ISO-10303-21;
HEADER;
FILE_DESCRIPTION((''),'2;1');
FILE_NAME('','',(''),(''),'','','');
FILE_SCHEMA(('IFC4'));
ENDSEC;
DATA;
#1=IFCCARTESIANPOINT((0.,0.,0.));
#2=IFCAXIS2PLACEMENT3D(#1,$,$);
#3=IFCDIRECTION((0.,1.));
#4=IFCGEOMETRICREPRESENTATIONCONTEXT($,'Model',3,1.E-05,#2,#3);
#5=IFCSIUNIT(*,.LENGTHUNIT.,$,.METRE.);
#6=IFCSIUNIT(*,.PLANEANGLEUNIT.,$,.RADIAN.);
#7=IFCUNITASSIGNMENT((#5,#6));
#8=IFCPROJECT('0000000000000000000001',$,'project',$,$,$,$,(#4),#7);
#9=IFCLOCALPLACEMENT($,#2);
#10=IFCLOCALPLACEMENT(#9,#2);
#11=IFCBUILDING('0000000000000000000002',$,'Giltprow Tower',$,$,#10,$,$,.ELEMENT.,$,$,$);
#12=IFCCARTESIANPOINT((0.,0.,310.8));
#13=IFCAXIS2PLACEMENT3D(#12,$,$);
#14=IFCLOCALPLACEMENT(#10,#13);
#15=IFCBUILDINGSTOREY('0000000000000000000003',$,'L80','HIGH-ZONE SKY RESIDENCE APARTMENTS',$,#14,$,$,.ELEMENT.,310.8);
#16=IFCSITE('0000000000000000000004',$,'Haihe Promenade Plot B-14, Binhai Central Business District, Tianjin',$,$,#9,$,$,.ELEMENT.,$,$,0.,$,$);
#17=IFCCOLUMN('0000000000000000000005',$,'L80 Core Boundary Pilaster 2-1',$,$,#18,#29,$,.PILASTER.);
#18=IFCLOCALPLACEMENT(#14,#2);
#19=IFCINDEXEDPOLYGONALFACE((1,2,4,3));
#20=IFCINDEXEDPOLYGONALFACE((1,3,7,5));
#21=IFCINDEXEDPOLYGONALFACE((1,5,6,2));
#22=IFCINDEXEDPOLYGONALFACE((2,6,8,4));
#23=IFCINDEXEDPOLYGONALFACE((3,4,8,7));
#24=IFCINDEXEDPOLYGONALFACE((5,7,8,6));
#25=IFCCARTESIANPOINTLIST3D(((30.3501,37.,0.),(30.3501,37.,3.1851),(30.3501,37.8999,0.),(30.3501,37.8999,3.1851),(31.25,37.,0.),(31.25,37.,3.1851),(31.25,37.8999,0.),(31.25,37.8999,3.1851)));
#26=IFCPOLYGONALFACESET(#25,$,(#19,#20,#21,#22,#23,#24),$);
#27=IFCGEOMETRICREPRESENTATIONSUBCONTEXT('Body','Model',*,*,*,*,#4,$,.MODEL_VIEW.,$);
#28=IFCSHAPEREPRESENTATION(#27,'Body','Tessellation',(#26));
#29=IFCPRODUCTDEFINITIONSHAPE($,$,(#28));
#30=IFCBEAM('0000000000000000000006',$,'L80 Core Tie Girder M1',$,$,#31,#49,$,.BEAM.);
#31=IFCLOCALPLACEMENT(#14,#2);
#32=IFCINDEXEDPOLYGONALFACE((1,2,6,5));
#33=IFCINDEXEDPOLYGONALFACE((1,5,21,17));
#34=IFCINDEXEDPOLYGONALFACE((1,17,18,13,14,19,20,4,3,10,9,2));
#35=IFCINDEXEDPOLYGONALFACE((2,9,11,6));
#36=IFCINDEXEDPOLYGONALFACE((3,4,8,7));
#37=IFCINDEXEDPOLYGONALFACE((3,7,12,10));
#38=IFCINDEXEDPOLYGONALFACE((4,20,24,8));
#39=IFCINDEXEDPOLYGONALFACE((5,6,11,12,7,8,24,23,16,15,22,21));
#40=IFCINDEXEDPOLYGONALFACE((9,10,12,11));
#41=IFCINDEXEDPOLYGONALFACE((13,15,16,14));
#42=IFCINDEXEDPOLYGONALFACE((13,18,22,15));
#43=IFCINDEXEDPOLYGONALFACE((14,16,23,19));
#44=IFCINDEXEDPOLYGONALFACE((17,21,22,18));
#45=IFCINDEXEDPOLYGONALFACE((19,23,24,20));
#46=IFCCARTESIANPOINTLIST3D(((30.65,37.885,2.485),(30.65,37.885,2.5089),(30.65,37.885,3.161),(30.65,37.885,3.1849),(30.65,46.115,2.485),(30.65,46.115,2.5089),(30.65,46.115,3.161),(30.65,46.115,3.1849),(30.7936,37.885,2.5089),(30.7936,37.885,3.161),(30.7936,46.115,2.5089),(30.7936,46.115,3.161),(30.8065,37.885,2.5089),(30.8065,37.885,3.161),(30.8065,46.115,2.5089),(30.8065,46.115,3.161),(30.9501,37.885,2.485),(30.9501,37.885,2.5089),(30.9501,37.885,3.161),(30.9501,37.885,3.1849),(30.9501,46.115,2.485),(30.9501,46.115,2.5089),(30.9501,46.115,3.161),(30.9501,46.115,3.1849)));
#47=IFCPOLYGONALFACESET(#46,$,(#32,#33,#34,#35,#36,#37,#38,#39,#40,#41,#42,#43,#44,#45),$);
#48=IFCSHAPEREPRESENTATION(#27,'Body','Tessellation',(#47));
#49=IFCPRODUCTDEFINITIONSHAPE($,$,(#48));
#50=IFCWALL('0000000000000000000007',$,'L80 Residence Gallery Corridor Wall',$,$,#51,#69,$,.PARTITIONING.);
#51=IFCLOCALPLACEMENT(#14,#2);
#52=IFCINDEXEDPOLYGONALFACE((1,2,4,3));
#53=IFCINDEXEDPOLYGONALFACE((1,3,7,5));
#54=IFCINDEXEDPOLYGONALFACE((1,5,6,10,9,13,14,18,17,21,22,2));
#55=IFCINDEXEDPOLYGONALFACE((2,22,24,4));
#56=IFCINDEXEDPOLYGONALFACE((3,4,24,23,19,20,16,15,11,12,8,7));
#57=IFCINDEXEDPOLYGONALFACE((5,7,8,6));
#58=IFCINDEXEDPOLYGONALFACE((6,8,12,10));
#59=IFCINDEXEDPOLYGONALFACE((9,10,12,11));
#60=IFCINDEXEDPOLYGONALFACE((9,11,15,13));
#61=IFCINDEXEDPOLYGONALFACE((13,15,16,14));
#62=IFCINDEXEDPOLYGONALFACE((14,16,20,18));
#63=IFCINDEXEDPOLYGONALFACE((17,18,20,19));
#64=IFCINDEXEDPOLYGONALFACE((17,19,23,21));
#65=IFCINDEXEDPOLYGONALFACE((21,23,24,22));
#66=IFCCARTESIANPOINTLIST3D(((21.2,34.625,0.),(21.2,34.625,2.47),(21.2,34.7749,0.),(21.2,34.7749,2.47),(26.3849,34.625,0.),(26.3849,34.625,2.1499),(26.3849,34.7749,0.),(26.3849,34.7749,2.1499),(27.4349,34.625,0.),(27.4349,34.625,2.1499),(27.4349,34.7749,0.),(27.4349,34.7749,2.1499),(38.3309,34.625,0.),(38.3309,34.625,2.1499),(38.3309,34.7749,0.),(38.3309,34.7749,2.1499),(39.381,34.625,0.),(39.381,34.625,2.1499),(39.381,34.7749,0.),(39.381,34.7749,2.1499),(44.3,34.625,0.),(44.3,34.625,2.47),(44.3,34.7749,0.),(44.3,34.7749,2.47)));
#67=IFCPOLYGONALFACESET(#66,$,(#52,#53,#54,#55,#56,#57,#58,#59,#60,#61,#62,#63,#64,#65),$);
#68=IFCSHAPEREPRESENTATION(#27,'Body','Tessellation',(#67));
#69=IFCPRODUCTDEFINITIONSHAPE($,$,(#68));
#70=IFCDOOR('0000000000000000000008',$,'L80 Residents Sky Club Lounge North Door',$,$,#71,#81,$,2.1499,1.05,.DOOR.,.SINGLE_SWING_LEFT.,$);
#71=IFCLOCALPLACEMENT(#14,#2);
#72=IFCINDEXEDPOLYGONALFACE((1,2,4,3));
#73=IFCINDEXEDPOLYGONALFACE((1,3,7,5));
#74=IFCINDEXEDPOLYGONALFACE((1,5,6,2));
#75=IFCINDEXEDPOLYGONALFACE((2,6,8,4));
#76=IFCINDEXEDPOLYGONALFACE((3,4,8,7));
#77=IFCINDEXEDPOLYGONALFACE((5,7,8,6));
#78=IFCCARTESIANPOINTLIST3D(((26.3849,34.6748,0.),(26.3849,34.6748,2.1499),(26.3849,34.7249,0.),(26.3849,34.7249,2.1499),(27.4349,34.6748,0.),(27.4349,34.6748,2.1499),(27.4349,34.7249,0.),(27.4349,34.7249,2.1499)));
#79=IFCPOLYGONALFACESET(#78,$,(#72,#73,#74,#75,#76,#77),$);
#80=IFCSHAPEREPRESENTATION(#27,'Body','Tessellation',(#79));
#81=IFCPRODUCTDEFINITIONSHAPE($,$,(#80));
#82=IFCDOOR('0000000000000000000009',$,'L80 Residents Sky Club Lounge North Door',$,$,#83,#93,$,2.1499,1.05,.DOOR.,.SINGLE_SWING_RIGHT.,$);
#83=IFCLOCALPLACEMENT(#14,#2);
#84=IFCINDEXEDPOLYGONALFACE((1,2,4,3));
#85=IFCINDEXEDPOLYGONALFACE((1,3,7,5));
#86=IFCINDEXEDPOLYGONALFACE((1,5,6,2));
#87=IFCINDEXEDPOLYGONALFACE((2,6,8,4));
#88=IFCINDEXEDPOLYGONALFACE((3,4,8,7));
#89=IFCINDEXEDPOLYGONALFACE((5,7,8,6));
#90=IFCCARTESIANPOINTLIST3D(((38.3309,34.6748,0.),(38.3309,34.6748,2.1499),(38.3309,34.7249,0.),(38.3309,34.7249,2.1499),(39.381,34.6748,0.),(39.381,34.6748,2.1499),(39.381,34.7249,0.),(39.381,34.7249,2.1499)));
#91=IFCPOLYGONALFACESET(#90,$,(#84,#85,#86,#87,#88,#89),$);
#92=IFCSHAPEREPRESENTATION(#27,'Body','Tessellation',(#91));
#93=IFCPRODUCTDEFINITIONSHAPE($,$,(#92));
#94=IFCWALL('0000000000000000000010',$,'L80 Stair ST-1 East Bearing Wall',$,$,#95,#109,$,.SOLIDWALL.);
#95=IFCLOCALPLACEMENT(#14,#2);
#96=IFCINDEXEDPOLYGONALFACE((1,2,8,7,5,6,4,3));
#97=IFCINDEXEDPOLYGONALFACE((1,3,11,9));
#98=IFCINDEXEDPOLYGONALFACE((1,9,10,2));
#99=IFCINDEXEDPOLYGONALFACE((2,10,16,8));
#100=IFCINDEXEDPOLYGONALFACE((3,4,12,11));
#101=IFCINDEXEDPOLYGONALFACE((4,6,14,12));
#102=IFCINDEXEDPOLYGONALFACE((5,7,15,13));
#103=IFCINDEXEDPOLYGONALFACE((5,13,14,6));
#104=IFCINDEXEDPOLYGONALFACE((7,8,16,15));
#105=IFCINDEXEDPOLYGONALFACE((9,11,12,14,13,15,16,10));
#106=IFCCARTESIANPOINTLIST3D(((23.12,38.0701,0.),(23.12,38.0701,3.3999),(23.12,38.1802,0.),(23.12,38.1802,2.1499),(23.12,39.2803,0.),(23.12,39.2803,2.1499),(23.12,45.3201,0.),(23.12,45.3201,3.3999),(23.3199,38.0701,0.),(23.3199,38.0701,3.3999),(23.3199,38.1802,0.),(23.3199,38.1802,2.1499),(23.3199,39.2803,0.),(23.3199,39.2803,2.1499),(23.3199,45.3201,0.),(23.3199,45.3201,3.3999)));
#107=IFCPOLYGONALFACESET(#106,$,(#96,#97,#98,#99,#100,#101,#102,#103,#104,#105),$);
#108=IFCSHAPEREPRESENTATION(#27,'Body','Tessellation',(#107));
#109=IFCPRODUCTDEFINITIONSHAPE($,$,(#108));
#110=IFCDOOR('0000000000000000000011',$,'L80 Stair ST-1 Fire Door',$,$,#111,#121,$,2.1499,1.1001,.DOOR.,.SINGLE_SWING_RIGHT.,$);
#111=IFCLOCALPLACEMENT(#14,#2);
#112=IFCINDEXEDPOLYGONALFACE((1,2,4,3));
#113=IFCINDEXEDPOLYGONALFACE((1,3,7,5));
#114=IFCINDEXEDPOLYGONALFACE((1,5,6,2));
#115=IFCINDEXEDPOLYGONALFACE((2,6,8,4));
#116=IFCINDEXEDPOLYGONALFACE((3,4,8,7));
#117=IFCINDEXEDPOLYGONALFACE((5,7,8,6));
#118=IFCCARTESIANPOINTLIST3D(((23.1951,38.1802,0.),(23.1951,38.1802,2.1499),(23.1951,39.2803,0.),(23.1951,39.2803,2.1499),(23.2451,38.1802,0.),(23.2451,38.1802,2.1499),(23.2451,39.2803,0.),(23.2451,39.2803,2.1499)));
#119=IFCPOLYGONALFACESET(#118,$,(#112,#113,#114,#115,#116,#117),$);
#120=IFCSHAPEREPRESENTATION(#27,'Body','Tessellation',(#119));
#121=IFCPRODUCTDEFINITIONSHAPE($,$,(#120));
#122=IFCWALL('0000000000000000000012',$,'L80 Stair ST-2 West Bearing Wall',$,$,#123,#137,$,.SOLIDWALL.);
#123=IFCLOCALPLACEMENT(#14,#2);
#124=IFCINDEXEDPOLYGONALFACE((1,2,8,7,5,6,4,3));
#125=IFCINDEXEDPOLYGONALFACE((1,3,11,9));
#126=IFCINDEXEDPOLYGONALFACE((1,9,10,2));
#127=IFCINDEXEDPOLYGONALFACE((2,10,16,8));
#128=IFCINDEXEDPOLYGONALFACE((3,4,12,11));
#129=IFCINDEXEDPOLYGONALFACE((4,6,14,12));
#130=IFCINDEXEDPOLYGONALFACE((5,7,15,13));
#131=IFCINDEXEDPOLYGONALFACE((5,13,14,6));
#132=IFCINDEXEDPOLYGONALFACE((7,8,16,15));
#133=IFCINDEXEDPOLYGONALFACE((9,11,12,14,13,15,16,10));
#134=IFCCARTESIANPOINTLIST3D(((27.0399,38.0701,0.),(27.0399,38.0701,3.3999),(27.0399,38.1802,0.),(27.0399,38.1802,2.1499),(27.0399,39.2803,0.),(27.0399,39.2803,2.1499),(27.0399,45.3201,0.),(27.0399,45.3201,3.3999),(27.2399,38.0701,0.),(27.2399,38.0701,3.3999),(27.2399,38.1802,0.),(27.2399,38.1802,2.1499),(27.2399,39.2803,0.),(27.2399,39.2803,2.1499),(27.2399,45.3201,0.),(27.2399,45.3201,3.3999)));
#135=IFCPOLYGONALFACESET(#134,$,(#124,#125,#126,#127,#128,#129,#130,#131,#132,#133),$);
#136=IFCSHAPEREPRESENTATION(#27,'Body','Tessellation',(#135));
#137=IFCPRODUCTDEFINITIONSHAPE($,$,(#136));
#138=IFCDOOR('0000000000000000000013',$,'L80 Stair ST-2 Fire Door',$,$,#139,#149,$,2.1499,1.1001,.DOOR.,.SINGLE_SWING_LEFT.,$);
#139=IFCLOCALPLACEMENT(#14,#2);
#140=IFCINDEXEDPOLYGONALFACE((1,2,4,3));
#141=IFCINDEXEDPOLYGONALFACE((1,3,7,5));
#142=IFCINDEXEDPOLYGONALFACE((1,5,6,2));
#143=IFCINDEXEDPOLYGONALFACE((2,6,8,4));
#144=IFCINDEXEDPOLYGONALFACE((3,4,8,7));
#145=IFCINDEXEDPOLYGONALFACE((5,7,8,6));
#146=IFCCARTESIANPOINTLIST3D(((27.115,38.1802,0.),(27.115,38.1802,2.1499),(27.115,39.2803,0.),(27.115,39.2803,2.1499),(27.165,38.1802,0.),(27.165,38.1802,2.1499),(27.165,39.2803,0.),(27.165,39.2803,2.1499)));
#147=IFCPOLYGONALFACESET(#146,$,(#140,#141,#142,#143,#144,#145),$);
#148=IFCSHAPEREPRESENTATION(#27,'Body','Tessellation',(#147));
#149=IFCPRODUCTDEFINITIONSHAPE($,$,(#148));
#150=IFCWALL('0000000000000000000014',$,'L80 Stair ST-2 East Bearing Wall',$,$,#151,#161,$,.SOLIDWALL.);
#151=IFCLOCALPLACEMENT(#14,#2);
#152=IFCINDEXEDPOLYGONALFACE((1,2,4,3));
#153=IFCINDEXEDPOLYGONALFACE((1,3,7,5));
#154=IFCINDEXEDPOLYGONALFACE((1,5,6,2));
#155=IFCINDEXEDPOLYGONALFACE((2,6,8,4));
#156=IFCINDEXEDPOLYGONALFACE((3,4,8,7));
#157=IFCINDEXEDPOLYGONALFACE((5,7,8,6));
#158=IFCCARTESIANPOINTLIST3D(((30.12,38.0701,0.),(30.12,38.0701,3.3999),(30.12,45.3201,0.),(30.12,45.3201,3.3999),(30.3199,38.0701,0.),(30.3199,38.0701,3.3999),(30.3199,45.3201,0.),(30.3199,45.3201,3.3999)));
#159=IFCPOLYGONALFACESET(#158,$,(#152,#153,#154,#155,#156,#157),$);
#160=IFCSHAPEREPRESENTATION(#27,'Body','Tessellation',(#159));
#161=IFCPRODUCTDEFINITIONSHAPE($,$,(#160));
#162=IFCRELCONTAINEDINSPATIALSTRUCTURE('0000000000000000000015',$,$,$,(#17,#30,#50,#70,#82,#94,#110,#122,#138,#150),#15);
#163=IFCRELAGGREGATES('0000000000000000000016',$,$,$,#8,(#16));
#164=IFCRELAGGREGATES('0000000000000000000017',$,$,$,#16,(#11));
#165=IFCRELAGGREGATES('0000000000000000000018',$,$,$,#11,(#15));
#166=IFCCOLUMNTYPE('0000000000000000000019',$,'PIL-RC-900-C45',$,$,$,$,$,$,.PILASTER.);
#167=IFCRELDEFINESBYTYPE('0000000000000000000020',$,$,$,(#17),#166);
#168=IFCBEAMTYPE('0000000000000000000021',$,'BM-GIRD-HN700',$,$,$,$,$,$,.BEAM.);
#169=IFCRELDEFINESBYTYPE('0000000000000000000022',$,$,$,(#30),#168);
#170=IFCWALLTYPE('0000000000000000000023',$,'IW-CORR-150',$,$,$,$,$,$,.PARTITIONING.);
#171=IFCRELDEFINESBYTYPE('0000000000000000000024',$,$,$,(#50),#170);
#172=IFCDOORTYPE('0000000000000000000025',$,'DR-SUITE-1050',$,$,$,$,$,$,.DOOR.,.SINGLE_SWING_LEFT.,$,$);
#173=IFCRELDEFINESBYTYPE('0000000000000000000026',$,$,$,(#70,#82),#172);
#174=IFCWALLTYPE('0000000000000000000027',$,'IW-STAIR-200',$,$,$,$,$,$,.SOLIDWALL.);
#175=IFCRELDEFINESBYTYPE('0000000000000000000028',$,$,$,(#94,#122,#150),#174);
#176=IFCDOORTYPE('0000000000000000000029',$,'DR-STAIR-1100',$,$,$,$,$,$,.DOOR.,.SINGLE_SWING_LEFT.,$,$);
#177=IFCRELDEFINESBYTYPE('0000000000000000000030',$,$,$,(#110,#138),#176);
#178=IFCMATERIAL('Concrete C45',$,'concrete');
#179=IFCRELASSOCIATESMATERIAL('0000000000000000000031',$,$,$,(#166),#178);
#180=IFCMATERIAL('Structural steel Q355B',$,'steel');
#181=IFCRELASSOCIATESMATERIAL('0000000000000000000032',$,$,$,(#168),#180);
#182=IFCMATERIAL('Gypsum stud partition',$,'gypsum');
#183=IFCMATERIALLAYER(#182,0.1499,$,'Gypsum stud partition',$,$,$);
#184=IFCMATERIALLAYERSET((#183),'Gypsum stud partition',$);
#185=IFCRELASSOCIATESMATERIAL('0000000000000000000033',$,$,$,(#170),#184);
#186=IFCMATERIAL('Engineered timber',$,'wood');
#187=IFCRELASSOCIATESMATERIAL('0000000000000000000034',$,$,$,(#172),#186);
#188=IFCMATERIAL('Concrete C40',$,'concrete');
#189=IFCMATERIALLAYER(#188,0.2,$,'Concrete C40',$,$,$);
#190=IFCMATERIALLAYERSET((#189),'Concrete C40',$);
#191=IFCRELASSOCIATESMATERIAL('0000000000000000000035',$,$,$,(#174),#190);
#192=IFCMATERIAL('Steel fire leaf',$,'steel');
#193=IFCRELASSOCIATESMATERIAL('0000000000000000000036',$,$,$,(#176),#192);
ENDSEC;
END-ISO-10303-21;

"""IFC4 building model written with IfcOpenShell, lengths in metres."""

from ifc_helpers import new_model, si_unit, direction, frame, frame_2d, origin, origin_2d, place, context, subcontext, project, spatial, rectangle, i_section, extrude, source, transform, mapped, material, layer, layer_set, material_profile, profile_set, type_object, element, fill, save


model = new_model("IFC4")

# Units and contexts
model_context = context("Model", 3, precision=1e-05, world=origin(), true_north=direction((0.0, 1.0)))
body_context = subcontext(model_context, "Body", "Model", "MODEL_VIEW")
ifc_project = project(units=[si_unit("LENGTHUNIT", "METRE"), si_unit("PLANEANGLEUNIT", "RADIAN")], contexts=[model_context])

# Site, building, storey
site_placement = place(None, origin())
site = spatial("IfcSite", under=ifc_project, at=site_placement, Name="Haihe Promenade Plot B-14, Binhai Central Business District, Tianjin", CompositionType="ELEMENT", RefElevation=0.0)
building_placement = place(site_placement, origin())
building = spatial("IfcBuilding", under=site, at=building_placement, Name="Giltprow Tower", CompositionType="ELEMENT")
storey_placement = place(building_placement, frame((0.0, 0.0, 310.8)))
storey = spatial("IfcBuildingStorey", under=building, at=storey_placement, Name="L80", Description="HIGH-ZONE SKY RESIDENCE APARTMENTS", CompositionType="ELEMENT", Elevation=310.8)

# Column
ifc_material_1 = material(Name="Concrete C45", Category="concrete")
ifc_material_profile_1 = material_profile(ifc_material_1, rectangle(XDim=0.8999, YDim=0.8999, at=origin_2d()), Name="RC 900x900")
ifc_profile_set_1 = profile_set([ifc_material_profile_1], Name="Concrete C45")
column_type = type_object("IfcColumnType", Name="PIL-RC-900-C45", PredefinedType="PILASTER", material=ifc_profile_set_1)
shared_shape_1 = source(origin(), body_context, "Body", "SweptSolid", [
    extrude(rectangle(XDim=0.8999, YDim=0.8999, at=origin_2d()), origin(), (0.0, 0.0, 1.0), 3.1851),
])
column_placement = place(storey_placement, frame((30.8, 37.45, 0.0), z_axis=(0.0, 0.0, 1.0), x_axis=(1.0, 0.0, 0.0)))
element("IfcColumn", 1, at=column_placement, inside=storey, type_object=column_type, Name="L80 Core Boundary Pilaster 2-1", PredefinedType="PILASTER", context=body_context, shape_type="MappedRepresentation", body=[
    mapped(shared_shape_1, transform((0.0, 0.0, 0.0), x_axis=(1.0, 0.0, 0.0), y_axis=(0.0, 1.0, 0.0), z_axis=(0.0, 0.0, 1.0), scale=1.0)),
])

# Beam
ifc_material_2 = material(Name="Structural steel Q355B", Category="steel")
ifc_material_profile_2 = material_profile(ifc_material_2, i_section(OverallWidth=0.3, OverallDepth=0.7, WebThickness=0.0129, FlangeThickness=0.0239, at=origin_2d()), Name="HN 700x300x13x24")
ifc_profile_set_2 = profile_set([ifc_material_profile_2], Name="Structural steel Q355B")
beam_type = type_object("IfcBeamType", Name="BM-GIRD-HN700", PredefinedType="BEAM", material=ifc_profile_set_2)
shared_shape_2 = source(origin(), body_context, "Body", "SweptSolid", [
    extrude(i_section(OverallWidth=0.3, OverallDepth=0.7, WebThickness=0.0129, FlangeThickness=0.0239, at=origin_2d()), origin(), (0.0, 0.0, 1.0), 8.23),
])
beam_placement = place(storey_placement, frame((30.8, 37.885, 2.835), z_axis=(0.0, 1.0, 0.0), x_axis=(-1.0, 0.0, 0.0)))
element("IfcBeam", 2, at=beam_placement, inside=storey, type_object=beam_type, Name="L80 Core Tie Girder M1", PredefinedType="BEAM", context=body_context, shape_type="MappedRepresentation", body=[
    mapped(shared_shape_2, transform((0.0, 0.0, 0.0), x_axis=(1.0, 0.0, 0.0), y_axis=(0.0, 1.0, 0.0), z_axis=(0.0, 0.0, 1.0), scale=1.0)),
])

# Wall, openings, doors
ifc_material_3 = material(Name="Gypsum stud partition", Category="gypsum")
ifc_layer_1 = layer(ifc_material_3, 0.1499, Name="Gypsum stud partition")
ifc_layer_set_1 = layer_set([ifc_layer_1], Name="Gypsum stud partition")
wall_type_1 = type_object("IfcWallType", Name="IW-CORR-150", PredefinedType="PARTITIONING", material=ifc_layer_set_1)
wall_1_placement = place(storey_placement, frame((21.2, 34.7, 0.0), z_axis=(0.0, 0.0, 1.0), x_axis=(1.0, 0.0, 0.0)))
wall_1 = element("IfcWall", 3, at=wall_1_placement, inside=storey, type_object=wall_type_1, Name="L80 Residence Gallery Corridor Wall", PredefinedType="PARTITIONING", context=body_context, shape_type="SweptSolid", body=[
    extrude(rectangle(XDim=23.1001, YDim=0.1499, at=frame_2d((11.55, 0.0))), origin(), (0.0, 0.0, 1.0), 2.47),
])
opening_1_placement = place(wall_1_placement, frame((5.1851, 0.0, 0.0)))
opening_1 = element("IfcOpeningElement", 4, at=opening_1_placement, cuts=wall_1, PredefinedType="OPENING", context=body_context, shape_type="SweptSolid", body=[
    extrude(rectangle(XDim=1.05, YDim=2.1499, at=frame_2d((0.5249, 1.075))), frame((0.0, 0.085, 0.0), z_axis=(0.0, -1.0, 0.0), x_axis=(1.0, 0.0, 0.0)), (0.0, 0.0, 1.0), 0.1699),
])
opening_2_placement = place(wall_1_placement, frame((17.1311, 0.0, 0.0)))
opening_2 = element("IfcOpeningElement", 5, at=opening_2_placement, cuts=wall_1, PredefinedType="OPENING", context=body_context, shape_type="SweptSolid", body=[
    extrude(rectangle(XDim=1.05, YDim=2.1499, at=frame_2d((0.5249, 1.075))), frame((0.0, 0.085, 0.0), z_axis=(0.0, -1.0, 0.0), x_axis=(1.0, 0.0, 0.0)), (0.0, 0.0, 1.0), 0.1699),
])
ifc_material_4 = material(Name="Engineered timber", Category="wood")
door_type_1 = type_object("IfcDoorType", Name="DR-SUITE-1050", OperationType="SINGLE_SWING_LEFT", PredefinedType="DOOR", material=ifc_material_4)
shared_shape_3 = source(origin(), body_context, "Body", "SweptSolid", [
    extrude(rectangle(XDim=1.05, YDim=2.1499, at=frame_2d((0.5249, 1.075))), frame((0.0, 0.0249, 0.0), z_axis=(0.0, -1.0, 0.0), x_axis=(1.0, 0.0, 0.0)), (0.0, 0.0, 1.0), 0.05),
])
door_1_placement = place(opening_1_placement, origin())
door_1 = element("IfcDoor", 6, at=door_1_placement, inside=storey, type_object=door_type_1, Name="L80 Residents Sky Club Lounge North Door", OperationType="SINGLE_SWING_LEFT", OverallHeight=2.1499, OverallWidth=1.05, PredefinedType="DOOR", context=body_context, shape_type="MappedRepresentation", body=[
    mapped(shared_shape_3, transform((0.0, 0.0, 0.0), x_axis=(1.0, 0.0, 0.0), y_axis=(0.0, 1.0, 0.0), z_axis=(0.0, 0.0, 1.0), scale=1.0)),
])
fill(opening_1, door_1)
door_2_placement = place(opening_2_placement, origin())
door_2 = element("IfcDoor", 7, at=door_2_placement, inside=storey, type_object=door_type_1, Name="L80 Residents Sky Club Lounge North Door", OperationType="SINGLE_SWING_RIGHT", OverallHeight=2.1499, OverallWidth=1.05, PredefinedType="DOOR", context=body_context, shape_type="MappedRepresentation", body=[
    mapped(shared_shape_3, transform((0.0, 0.0, 0.0), x_axis=(1.0, 0.0, 0.0), y_axis=(0.0, 1.0, 0.0), z_axis=(0.0, 0.0, 1.0), scale=1.0)),
])
fill(opening_2, door_2)

# Walls, openings, doors
ifc_material_5 = material(Name="Concrete C40", Category="concrete")
ifc_layer_2 = layer(ifc_material_5, 0.2, Name="Concrete C40")
ifc_layer_set_2 = layer_set([ifc_layer_2], Name="Concrete C40")
wall_type_2 = type_object("IfcWallType", Name="IW-STAIR-200", PredefinedType="SOLIDWALL", material=ifc_layer_set_2)
wall_2_placement = place(storey_placement, frame((23.22, 38.0701, 0.0), z_axis=(0.0, 0.0, 1.0), x_axis=(0.0, 1.0, 0.0)))
wall_2 = element("IfcWall", 8, at=wall_2_placement, inside=storey, type_object=wall_type_2, Name="L80 Stair ST-1 East Bearing Wall", PredefinedType="SOLIDWALL", context=body_context, shape_type="SweptSolid", body=[
    extrude(rectangle(XDim=7.25, YDim=0.2, at=frame_2d((3.625, 0.0))), origin(), (0.0, 0.0, 1.0), 3.3999),
])
opening_3_placement = place(wall_2_placement, frame((0.1101, 0.0, 0.0)))
opening_3 = element("IfcOpeningElement", 9, at=opening_3_placement, cuts=wall_2, PredefinedType="OPENING", context=body_context, shape_type="SweptSolid", body=[
    extrude(rectangle(XDim=1.1001, YDim=2.1499, at=frame_2d((0.55, 1.075))), frame((0.0, 0.1099, 0.0), z_axis=(0.0, -1.0, 0.0), x_axis=(1.0, 0.0, 0.0)), (0.0, 0.0, 1.0), 0.22),
])
ifc_material_6 = material(Name="Steel fire leaf", Category="steel")
door_type_2 = type_object("IfcDoorType", Name="DR-STAIR-1100", OperationType="SINGLE_SWING_LEFT", PredefinedType="DOOR", material=ifc_material_6)
shared_shape_4 = source(origin(), body_context, "Body", "SweptSolid", [
    extrude(rectangle(XDim=1.1001, YDim=2.1499, at=frame_2d((0.55, 1.075))), frame((0.0, 0.0249, 0.0), z_axis=(0.0, -1.0, 0.0), x_axis=(1.0, 0.0, 0.0)), (0.0, 0.0, 1.0), 0.05),
])
door_3_placement = place(opening_3_placement, origin())
door_3 = element("IfcDoor", 10, at=door_3_placement, inside=storey, type_object=door_type_2, Name="L80 Stair ST-1 Fire Door", OperationType="SINGLE_SWING_RIGHT", OverallHeight=2.1499, OverallWidth=1.1001, PredefinedType="DOOR", context=body_context, shape_type="MappedRepresentation", body=[
    mapped(shared_shape_4, transform((0.0, 0.0, 0.0), x_axis=(1.0, 0.0, 0.0), y_axis=(0.0, 1.0, 0.0), z_axis=(0.0, 0.0, 1.0), scale=1.0)),
])
fill(opening_3, door_3)
wall_3_placement = place(storey_placement, frame((27.1399, 38.0701, 0.0), z_axis=(0.0, 0.0, 1.0), x_axis=(0.0, 1.0, 0.0)))
wall_3 = element("IfcWall", 11, at=wall_3_placement, inside=storey, type_object=wall_type_2, Name="L80 Stair ST-2 West Bearing Wall", PredefinedType="SOLIDWALL", context=body_context, shape_type="SweptSolid", body=[
    extrude(rectangle(XDim=7.25, YDim=0.2, at=frame_2d((3.625, 0.0))), origin(), (0.0, 0.0, 1.0), 3.3999),
])
opening_4_placement = place(wall_3_placement, frame((0.1101, 0.0, 0.0)))
opening_4 = element("IfcOpeningElement", 12, at=opening_4_placement, cuts=wall_3, PredefinedType="OPENING", context=body_context, shape_type="SweptSolid", body=[
    extrude(rectangle(XDim=1.1001, YDim=2.1499, at=frame_2d((0.55, 1.075))), frame((0.0, 0.1099, 0.0), z_axis=(0.0, -1.0, 0.0), x_axis=(1.0, 0.0, 0.0)), (0.0, 0.0, 1.0), 0.22),
])
door_4_placement = place(opening_4_placement, origin())
door_4 = element("IfcDoor", 13, at=door_4_placement, inside=storey, type_object=door_type_2, Name="L80 Stair ST-2 Fire Door", OperationType="SINGLE_SWING_LEFT", OverallHeight=2.1499, OverallWidth=1.1001, PredefinedType="DOOR", context=body_context, shape_type="MappedRepresentation", body=[
    mapped(shared_shape_4, transform((0.0, 0.0, 0.0), x_axis=(1.0, 0.0, 0.0), y_axis=(0.0, 1.0, 0.0), z_axis=(0.0, 0.0, 1.0), scale=1.0)),
])
fill(opening_4, door_4)

# Wall
wall_4_placement = place(storey_placement, frame((30.22, 38.0701, 0.0), z_axis=(0.0, 0.0, 1.0), x_axis=(0.0, 1.0, 0.0)))
element("IfcWall", 14, at=wall_4_placement, inside=storey, type_object=wall_type_2, Name="L80 Stair ST-2 East Bearing Wall", PredefinedType="SOLIDWALL", context=body_context, shape_type="SweptSolid", body=[
    extrude(rectangle(XDim=7.25, YDim=0.2, at=frame_2d((3.625, 0.0))), origin(), (0.0, 0.0, 1.0), 3.3999),
])

save(model, "model.ifc")
